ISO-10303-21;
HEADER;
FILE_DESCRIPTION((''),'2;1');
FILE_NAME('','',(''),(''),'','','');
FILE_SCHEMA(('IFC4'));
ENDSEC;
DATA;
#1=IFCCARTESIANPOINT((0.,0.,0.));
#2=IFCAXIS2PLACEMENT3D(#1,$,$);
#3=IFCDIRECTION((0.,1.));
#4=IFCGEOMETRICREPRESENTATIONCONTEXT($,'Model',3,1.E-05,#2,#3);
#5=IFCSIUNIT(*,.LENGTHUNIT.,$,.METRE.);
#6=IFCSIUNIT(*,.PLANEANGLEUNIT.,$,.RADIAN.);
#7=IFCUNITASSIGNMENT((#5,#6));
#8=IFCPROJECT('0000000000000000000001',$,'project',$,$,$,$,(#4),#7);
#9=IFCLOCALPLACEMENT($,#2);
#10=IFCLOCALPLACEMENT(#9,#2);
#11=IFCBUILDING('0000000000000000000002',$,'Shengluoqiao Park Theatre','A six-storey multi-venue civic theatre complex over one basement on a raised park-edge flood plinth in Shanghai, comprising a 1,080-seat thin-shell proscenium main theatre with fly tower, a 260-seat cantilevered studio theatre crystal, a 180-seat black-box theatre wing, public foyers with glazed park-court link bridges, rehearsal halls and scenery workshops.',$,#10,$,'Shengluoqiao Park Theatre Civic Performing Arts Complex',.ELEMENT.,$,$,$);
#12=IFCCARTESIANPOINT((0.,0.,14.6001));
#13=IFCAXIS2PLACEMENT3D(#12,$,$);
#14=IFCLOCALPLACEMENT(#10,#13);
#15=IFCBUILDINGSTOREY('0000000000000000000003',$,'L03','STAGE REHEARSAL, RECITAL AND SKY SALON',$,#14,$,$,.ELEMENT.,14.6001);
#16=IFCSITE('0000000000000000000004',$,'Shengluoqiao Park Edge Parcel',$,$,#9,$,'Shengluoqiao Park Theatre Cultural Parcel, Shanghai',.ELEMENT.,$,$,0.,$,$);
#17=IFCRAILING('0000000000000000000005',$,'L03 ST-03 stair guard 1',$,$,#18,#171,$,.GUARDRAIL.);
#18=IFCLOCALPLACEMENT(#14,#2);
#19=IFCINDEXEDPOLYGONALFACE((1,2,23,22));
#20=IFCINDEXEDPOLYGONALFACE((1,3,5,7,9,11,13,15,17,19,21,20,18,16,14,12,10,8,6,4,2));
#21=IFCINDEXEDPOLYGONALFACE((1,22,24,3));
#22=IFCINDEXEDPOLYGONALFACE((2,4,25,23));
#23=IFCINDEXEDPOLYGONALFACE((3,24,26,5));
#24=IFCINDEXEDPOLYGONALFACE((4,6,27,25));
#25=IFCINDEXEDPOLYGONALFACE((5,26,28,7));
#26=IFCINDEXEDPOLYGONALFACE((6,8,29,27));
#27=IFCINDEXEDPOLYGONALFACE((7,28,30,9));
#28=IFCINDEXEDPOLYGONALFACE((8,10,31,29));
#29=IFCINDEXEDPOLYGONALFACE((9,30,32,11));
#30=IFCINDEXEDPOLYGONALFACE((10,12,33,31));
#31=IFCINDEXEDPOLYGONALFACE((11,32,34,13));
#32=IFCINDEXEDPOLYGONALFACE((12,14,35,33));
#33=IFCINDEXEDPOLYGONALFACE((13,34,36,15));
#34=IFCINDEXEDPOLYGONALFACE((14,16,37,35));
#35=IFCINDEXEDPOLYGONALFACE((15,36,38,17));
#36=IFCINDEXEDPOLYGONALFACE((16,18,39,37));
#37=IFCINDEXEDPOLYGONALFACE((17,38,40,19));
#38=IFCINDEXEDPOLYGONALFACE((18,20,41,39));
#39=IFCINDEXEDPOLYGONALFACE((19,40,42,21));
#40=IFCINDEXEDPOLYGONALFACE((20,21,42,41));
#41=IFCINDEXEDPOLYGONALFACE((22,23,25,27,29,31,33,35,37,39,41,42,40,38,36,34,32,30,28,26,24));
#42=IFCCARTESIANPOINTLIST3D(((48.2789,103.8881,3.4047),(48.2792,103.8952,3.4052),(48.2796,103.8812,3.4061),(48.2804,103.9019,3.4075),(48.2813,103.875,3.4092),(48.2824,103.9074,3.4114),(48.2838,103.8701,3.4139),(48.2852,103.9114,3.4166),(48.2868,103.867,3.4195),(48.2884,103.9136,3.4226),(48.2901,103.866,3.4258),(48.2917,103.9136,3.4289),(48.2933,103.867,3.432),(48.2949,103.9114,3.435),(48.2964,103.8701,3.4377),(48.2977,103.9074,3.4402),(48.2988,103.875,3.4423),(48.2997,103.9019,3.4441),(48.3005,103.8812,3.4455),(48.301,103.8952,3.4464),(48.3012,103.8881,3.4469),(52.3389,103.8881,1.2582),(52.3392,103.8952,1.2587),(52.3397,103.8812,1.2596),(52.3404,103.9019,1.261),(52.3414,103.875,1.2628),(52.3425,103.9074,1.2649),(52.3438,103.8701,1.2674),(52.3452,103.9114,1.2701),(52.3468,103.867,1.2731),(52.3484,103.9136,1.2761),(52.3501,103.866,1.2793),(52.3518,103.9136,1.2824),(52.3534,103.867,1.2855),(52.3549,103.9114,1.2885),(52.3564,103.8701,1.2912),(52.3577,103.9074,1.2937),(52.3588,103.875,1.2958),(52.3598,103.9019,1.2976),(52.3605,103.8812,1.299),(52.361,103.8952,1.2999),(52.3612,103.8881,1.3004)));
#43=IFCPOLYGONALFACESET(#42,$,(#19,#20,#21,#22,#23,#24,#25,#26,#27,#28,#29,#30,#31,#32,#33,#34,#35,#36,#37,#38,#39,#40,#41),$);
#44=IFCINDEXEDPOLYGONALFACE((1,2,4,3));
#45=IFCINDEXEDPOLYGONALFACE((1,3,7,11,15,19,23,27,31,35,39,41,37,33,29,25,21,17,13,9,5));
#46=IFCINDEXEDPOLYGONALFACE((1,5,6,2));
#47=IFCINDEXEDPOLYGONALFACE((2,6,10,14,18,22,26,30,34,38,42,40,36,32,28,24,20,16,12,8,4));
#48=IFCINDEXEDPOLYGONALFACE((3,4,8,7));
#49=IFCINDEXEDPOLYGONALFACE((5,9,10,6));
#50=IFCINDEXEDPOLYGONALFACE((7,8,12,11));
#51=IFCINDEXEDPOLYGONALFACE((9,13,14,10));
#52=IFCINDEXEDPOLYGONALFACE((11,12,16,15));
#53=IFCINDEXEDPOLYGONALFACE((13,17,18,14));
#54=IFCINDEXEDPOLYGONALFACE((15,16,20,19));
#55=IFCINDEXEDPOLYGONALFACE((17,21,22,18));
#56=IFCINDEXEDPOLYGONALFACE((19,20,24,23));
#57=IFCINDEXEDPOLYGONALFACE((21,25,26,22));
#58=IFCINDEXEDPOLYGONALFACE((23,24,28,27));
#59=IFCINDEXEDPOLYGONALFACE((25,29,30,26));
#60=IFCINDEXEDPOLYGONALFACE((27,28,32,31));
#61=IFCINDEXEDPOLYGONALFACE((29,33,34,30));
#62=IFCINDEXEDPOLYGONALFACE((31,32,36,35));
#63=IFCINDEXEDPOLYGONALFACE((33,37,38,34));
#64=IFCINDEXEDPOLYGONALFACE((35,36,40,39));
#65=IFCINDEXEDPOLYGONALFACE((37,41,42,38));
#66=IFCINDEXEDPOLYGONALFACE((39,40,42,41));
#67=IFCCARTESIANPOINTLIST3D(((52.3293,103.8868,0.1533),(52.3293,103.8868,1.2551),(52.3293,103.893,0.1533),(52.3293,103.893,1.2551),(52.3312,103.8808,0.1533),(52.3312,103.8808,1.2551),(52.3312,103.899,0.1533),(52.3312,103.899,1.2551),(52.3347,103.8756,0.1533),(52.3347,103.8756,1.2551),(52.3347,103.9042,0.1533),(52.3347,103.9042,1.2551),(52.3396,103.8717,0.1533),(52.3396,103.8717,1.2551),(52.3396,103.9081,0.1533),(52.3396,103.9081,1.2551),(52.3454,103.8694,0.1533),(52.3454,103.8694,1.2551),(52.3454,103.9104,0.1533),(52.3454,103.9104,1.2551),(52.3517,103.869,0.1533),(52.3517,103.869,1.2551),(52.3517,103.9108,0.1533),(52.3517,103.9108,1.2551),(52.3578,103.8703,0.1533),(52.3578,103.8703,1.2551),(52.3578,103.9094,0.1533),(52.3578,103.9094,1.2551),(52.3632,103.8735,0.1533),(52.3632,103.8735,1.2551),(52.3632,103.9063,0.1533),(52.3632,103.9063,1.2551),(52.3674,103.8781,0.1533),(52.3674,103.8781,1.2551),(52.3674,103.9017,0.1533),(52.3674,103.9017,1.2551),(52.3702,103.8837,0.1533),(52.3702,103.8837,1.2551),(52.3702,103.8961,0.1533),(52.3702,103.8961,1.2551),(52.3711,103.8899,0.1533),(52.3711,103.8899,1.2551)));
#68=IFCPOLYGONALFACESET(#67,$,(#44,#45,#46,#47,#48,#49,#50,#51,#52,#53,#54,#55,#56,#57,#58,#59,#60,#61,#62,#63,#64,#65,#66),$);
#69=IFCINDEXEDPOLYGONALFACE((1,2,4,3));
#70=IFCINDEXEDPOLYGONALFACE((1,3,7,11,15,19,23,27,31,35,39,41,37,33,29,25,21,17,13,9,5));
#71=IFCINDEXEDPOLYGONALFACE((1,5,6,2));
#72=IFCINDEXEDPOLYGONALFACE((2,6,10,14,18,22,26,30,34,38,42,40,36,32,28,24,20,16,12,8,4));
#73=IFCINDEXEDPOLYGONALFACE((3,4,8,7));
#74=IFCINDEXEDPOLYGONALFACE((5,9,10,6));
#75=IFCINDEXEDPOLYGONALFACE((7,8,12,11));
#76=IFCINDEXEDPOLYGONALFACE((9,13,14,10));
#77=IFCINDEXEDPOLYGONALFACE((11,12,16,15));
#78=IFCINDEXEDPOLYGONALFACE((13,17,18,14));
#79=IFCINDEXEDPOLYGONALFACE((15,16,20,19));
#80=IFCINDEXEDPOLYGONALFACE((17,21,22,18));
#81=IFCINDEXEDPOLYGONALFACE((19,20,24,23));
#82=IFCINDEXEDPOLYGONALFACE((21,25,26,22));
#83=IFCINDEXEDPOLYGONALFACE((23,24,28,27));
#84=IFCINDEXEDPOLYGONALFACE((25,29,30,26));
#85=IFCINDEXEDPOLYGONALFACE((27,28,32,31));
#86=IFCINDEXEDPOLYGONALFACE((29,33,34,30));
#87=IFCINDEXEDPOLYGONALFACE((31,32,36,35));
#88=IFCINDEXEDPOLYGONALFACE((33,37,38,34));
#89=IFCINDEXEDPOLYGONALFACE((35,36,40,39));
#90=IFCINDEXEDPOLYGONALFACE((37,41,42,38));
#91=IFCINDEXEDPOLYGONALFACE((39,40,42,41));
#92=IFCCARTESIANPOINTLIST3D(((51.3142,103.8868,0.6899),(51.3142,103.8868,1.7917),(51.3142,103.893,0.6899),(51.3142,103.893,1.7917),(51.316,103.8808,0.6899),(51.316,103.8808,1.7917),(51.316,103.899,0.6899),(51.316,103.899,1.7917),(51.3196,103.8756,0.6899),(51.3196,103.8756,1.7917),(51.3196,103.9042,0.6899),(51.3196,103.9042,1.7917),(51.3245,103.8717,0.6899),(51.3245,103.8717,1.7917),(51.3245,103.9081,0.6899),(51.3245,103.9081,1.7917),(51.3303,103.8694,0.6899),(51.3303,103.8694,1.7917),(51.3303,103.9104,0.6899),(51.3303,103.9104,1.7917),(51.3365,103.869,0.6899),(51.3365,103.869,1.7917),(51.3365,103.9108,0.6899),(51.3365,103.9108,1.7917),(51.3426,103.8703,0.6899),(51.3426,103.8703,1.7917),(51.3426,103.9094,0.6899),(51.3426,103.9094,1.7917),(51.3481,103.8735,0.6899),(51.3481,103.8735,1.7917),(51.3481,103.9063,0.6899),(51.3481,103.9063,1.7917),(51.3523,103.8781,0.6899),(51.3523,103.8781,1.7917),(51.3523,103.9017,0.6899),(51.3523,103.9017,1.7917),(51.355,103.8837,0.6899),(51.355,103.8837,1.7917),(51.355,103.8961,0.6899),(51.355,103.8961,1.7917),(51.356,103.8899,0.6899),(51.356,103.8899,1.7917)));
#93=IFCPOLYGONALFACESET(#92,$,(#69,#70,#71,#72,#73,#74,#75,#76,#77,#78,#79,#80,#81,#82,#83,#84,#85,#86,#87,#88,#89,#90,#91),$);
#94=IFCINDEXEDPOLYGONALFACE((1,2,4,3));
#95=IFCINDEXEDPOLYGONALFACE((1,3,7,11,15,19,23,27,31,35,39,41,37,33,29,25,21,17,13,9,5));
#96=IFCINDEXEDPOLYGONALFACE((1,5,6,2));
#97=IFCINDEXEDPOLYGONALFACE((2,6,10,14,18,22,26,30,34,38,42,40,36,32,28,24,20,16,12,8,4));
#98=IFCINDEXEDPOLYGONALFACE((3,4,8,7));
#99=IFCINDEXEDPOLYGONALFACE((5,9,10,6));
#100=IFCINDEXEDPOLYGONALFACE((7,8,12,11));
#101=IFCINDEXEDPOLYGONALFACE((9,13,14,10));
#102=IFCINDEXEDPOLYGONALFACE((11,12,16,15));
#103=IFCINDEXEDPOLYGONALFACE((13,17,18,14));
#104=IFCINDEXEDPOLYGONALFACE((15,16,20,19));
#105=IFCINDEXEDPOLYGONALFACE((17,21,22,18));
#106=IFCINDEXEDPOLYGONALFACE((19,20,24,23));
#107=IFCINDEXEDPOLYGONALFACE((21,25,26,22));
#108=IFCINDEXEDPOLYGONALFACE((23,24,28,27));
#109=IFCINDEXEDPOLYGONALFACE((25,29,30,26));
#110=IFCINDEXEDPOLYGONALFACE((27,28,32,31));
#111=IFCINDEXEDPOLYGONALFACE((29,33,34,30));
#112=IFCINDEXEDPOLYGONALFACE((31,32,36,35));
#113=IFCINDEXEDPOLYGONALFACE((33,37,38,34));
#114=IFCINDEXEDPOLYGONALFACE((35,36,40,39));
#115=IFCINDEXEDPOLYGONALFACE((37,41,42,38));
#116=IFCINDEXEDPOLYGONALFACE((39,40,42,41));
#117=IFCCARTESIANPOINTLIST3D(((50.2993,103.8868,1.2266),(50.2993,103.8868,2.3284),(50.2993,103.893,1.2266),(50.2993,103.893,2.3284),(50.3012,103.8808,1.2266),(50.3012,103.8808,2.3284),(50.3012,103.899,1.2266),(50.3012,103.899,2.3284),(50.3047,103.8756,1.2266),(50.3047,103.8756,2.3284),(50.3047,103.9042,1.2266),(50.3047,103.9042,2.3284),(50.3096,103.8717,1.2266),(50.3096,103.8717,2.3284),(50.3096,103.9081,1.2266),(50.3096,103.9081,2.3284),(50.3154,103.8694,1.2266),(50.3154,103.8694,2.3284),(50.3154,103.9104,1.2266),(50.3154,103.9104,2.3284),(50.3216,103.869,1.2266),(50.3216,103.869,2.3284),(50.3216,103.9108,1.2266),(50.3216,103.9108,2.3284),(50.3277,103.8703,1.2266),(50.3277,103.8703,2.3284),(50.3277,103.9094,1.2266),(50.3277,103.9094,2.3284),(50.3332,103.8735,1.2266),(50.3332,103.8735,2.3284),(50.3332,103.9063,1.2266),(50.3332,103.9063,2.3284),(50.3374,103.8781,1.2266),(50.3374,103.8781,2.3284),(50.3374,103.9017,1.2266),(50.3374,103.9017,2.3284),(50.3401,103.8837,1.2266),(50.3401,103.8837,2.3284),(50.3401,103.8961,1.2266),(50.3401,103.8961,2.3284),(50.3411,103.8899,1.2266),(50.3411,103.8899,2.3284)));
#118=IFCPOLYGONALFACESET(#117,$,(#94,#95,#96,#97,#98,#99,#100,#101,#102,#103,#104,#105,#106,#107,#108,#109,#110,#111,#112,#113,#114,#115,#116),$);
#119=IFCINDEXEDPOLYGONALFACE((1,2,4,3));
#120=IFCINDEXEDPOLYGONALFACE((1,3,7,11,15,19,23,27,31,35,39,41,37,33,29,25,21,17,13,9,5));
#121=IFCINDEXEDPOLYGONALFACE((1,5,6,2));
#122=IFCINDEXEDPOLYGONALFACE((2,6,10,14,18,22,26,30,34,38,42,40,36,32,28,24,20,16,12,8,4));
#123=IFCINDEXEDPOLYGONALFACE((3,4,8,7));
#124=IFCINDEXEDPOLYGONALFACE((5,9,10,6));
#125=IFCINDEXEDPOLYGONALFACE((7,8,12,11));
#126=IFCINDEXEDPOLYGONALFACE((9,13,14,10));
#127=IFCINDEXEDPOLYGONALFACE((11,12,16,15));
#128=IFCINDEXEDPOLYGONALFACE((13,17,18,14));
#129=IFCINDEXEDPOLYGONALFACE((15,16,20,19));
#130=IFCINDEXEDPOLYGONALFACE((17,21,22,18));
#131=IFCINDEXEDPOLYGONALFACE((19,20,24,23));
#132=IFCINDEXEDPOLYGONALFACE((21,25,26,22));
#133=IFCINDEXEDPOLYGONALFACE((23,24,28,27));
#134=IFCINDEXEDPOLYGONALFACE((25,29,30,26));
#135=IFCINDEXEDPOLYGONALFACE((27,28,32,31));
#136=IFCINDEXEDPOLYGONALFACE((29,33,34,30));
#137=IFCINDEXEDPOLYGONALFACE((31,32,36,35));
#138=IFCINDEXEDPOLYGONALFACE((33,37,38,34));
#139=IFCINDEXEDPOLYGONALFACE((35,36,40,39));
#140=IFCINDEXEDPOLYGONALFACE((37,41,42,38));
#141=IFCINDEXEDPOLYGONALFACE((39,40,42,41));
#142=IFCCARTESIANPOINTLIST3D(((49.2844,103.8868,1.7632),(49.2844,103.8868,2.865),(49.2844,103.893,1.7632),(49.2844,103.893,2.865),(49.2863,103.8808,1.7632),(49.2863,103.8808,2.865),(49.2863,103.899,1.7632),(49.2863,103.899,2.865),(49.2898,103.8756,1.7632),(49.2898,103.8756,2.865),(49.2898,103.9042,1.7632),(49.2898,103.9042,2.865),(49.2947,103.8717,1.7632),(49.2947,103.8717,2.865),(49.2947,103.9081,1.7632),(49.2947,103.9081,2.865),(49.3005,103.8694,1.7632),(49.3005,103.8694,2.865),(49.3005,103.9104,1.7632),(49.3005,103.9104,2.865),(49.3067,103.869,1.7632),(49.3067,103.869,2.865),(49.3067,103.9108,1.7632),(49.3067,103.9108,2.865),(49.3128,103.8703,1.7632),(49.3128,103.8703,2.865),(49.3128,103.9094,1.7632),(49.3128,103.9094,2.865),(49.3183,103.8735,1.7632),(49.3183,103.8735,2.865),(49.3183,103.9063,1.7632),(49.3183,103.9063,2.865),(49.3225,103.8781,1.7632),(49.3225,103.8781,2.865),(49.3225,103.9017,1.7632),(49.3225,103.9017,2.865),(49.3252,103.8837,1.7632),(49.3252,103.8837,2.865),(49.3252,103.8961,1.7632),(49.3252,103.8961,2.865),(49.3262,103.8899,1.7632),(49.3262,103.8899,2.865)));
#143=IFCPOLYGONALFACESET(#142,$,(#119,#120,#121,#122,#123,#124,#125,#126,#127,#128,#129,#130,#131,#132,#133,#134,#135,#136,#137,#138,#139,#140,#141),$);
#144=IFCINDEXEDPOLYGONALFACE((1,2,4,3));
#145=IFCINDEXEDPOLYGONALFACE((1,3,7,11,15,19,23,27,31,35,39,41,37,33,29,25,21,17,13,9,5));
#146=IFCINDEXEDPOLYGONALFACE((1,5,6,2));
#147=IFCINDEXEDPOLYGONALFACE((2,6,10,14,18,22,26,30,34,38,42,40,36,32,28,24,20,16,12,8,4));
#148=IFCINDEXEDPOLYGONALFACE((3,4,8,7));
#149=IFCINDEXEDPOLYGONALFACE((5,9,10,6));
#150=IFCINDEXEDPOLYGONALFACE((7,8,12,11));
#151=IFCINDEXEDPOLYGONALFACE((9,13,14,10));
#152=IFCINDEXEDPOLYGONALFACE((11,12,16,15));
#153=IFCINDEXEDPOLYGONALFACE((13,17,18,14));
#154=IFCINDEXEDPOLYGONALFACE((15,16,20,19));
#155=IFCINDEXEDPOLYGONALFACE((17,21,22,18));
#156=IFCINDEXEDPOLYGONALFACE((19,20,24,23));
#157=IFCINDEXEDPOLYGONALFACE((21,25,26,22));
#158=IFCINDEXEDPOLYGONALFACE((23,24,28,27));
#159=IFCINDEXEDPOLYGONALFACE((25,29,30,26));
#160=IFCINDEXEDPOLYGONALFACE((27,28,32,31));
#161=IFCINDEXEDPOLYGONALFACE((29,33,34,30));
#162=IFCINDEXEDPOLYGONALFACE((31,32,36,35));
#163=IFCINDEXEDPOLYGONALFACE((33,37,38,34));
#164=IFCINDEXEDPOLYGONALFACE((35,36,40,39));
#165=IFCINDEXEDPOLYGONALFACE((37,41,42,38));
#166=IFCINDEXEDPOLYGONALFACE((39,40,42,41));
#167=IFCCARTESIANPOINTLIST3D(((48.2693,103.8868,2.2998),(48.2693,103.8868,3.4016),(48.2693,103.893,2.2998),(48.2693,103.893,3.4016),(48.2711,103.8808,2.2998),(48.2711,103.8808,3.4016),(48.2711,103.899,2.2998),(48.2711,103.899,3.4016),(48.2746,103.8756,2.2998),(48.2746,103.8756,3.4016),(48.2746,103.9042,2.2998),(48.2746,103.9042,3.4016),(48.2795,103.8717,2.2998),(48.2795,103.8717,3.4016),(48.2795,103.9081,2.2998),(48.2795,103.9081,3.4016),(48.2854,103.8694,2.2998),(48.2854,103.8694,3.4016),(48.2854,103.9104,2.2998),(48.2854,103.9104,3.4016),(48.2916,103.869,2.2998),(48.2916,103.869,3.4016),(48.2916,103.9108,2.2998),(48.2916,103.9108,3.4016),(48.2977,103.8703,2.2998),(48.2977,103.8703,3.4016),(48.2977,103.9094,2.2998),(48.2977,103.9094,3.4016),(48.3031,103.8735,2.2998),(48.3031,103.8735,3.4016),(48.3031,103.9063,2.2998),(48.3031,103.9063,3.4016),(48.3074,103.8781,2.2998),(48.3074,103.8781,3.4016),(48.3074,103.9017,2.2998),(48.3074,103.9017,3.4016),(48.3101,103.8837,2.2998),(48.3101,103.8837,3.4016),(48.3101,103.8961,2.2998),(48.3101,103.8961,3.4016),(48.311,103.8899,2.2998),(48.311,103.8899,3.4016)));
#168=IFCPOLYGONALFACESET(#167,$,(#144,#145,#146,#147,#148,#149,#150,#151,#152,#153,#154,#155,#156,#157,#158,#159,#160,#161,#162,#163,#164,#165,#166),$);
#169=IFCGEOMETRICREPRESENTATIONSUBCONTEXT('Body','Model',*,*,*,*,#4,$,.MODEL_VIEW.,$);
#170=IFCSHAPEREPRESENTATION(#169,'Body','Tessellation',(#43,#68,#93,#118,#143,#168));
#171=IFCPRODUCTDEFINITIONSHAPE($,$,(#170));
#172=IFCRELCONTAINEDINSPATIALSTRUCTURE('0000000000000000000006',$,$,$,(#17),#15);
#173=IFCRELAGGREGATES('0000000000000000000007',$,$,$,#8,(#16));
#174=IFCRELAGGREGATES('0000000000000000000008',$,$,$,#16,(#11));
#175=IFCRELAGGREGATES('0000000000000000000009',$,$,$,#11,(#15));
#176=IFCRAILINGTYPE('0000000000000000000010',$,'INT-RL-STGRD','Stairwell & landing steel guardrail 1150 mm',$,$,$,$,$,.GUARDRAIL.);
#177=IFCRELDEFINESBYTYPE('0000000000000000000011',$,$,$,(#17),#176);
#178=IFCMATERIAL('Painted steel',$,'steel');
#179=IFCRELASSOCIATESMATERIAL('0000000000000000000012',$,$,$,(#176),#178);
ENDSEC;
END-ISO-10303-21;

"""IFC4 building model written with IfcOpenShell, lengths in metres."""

from ifc_helpers import new_model, si_unit, direction, frame, origin, origin_2d, place, context, subcontext, project, spatial, circle, extrude, material, type_object, element, save


model = new_model("IFC4")

# Units and contexts
model_context = context("Model", 3, precision=1e-05, world=origin(), true_north=direction((0.0, 1.0)))
body_context = subcontext(model_context, "Body", "Model", "MODEL_VIEW")
ifc_project = project(units=[si_unit("LENGTHUNIT", "METRE"), si_unit("PLANEANGLEUNIT", "RADIAN")], contexts=[model_context])

# Site, building, storey
site_placement = place(None, origin())
site = spatial("IfcSite", under=ifc_project, at=site_placement, Name="Shengluoqiao Park Edge Parcel", LongName="Shengluoqiao Park Theatre Cultural Parcel, Shanghai", CompositionType="ELEMENT", RefElevation=0.0)
building_placement = place(site_placement, origin())
building = spatial("IfcBuilding", under=site, at=building_placement, Name="Shengluoqiao Park Theatre", Description="A six-storey multi-venue civic theatre complex over one basement on a raised park-edge flood plinth in Shanghai, comprising a 1,080-seat thin-shell proscenium main theatre with fly tower, a 260-seat cantilevered studio theatre crystal, a 180-seat black-box theatre wing, public foyers with glazed park-court link bridges, rehearsal halls and scenery workshops.", LongName="Shengluoqiao Park Theatre Civic Performing Arts Complex", CompositionType="ELEMENT")
storey_placement = place(building_placement, frame((0.0, 0.0, 14.6001)))
storey = spatial("IfcBuildingStorey", under=building, at=storey_placement, Name="L03", Description="STAGE REHEARSAL, RECITAL AND SKY SALON", CompositionType="ELEMENT", Elevation=14.6001)

# Railing
ifc_material_1 = material(Name="Painted steel", Category="steel")
railing_type_1 = type_object("IfcRailingType", Name="INT-RL-STGRD", Description="Stairwell & landing steel guardrail 1150 mm", PredefinedType="GUARDRAIL", material=ifc_material_1)
railing_1_placement = place(storey_placement, frame((52.3501, 103.8899, 0.1533)))
element("IfcRailing", 1, at=railing_1_placement, inside=storey, type_object=railing_type_1, Name="L03 ST-03 stair guard 1", PredefinedType="GUARDRAIL", context=body_context, shape_type="SweptSolid", body=[
    extrude(circle(Radius=0.0239, at=origin_2d()), frame((0.0, 0.0, 1.126), z_axis=(-0.884054, 0.0, 0.467384), x_axis=(0.0, -1.0, 0.0)), (0.0, 0.0, 1.0), 4.5925),
    extrude(circle(Radius=0.021, at=origin_2d()), origin(), (0.0, 0.0, 1.0), 1.1018),
    extrude(circle(Radius=0.021, at=origin_2d()), frame((-1.0151, 0.0, 0.5366)), (0.0, 0.0, 1.0), 1.1018),
    extrude(circle(Radius=0.021, at=origin_2d()), frame((-2.03, 0.0, 1.0732)), (0.0, 0.0, 1.0), 1.1018),
    extrude(circle(Radius=0.021, at=origin_2d()), frame((-3.0449, 0.0, 1.6099)), (0.0, 0.0, 1.0), 1.1018),
    extrude(circle(Radius=0.021, at=origin_2d()), frame((-4.0601, 0.0, 2.1465)), (0.0, 0.0, 1.0), 1.1018),
])

save(model, "model.ifc")
